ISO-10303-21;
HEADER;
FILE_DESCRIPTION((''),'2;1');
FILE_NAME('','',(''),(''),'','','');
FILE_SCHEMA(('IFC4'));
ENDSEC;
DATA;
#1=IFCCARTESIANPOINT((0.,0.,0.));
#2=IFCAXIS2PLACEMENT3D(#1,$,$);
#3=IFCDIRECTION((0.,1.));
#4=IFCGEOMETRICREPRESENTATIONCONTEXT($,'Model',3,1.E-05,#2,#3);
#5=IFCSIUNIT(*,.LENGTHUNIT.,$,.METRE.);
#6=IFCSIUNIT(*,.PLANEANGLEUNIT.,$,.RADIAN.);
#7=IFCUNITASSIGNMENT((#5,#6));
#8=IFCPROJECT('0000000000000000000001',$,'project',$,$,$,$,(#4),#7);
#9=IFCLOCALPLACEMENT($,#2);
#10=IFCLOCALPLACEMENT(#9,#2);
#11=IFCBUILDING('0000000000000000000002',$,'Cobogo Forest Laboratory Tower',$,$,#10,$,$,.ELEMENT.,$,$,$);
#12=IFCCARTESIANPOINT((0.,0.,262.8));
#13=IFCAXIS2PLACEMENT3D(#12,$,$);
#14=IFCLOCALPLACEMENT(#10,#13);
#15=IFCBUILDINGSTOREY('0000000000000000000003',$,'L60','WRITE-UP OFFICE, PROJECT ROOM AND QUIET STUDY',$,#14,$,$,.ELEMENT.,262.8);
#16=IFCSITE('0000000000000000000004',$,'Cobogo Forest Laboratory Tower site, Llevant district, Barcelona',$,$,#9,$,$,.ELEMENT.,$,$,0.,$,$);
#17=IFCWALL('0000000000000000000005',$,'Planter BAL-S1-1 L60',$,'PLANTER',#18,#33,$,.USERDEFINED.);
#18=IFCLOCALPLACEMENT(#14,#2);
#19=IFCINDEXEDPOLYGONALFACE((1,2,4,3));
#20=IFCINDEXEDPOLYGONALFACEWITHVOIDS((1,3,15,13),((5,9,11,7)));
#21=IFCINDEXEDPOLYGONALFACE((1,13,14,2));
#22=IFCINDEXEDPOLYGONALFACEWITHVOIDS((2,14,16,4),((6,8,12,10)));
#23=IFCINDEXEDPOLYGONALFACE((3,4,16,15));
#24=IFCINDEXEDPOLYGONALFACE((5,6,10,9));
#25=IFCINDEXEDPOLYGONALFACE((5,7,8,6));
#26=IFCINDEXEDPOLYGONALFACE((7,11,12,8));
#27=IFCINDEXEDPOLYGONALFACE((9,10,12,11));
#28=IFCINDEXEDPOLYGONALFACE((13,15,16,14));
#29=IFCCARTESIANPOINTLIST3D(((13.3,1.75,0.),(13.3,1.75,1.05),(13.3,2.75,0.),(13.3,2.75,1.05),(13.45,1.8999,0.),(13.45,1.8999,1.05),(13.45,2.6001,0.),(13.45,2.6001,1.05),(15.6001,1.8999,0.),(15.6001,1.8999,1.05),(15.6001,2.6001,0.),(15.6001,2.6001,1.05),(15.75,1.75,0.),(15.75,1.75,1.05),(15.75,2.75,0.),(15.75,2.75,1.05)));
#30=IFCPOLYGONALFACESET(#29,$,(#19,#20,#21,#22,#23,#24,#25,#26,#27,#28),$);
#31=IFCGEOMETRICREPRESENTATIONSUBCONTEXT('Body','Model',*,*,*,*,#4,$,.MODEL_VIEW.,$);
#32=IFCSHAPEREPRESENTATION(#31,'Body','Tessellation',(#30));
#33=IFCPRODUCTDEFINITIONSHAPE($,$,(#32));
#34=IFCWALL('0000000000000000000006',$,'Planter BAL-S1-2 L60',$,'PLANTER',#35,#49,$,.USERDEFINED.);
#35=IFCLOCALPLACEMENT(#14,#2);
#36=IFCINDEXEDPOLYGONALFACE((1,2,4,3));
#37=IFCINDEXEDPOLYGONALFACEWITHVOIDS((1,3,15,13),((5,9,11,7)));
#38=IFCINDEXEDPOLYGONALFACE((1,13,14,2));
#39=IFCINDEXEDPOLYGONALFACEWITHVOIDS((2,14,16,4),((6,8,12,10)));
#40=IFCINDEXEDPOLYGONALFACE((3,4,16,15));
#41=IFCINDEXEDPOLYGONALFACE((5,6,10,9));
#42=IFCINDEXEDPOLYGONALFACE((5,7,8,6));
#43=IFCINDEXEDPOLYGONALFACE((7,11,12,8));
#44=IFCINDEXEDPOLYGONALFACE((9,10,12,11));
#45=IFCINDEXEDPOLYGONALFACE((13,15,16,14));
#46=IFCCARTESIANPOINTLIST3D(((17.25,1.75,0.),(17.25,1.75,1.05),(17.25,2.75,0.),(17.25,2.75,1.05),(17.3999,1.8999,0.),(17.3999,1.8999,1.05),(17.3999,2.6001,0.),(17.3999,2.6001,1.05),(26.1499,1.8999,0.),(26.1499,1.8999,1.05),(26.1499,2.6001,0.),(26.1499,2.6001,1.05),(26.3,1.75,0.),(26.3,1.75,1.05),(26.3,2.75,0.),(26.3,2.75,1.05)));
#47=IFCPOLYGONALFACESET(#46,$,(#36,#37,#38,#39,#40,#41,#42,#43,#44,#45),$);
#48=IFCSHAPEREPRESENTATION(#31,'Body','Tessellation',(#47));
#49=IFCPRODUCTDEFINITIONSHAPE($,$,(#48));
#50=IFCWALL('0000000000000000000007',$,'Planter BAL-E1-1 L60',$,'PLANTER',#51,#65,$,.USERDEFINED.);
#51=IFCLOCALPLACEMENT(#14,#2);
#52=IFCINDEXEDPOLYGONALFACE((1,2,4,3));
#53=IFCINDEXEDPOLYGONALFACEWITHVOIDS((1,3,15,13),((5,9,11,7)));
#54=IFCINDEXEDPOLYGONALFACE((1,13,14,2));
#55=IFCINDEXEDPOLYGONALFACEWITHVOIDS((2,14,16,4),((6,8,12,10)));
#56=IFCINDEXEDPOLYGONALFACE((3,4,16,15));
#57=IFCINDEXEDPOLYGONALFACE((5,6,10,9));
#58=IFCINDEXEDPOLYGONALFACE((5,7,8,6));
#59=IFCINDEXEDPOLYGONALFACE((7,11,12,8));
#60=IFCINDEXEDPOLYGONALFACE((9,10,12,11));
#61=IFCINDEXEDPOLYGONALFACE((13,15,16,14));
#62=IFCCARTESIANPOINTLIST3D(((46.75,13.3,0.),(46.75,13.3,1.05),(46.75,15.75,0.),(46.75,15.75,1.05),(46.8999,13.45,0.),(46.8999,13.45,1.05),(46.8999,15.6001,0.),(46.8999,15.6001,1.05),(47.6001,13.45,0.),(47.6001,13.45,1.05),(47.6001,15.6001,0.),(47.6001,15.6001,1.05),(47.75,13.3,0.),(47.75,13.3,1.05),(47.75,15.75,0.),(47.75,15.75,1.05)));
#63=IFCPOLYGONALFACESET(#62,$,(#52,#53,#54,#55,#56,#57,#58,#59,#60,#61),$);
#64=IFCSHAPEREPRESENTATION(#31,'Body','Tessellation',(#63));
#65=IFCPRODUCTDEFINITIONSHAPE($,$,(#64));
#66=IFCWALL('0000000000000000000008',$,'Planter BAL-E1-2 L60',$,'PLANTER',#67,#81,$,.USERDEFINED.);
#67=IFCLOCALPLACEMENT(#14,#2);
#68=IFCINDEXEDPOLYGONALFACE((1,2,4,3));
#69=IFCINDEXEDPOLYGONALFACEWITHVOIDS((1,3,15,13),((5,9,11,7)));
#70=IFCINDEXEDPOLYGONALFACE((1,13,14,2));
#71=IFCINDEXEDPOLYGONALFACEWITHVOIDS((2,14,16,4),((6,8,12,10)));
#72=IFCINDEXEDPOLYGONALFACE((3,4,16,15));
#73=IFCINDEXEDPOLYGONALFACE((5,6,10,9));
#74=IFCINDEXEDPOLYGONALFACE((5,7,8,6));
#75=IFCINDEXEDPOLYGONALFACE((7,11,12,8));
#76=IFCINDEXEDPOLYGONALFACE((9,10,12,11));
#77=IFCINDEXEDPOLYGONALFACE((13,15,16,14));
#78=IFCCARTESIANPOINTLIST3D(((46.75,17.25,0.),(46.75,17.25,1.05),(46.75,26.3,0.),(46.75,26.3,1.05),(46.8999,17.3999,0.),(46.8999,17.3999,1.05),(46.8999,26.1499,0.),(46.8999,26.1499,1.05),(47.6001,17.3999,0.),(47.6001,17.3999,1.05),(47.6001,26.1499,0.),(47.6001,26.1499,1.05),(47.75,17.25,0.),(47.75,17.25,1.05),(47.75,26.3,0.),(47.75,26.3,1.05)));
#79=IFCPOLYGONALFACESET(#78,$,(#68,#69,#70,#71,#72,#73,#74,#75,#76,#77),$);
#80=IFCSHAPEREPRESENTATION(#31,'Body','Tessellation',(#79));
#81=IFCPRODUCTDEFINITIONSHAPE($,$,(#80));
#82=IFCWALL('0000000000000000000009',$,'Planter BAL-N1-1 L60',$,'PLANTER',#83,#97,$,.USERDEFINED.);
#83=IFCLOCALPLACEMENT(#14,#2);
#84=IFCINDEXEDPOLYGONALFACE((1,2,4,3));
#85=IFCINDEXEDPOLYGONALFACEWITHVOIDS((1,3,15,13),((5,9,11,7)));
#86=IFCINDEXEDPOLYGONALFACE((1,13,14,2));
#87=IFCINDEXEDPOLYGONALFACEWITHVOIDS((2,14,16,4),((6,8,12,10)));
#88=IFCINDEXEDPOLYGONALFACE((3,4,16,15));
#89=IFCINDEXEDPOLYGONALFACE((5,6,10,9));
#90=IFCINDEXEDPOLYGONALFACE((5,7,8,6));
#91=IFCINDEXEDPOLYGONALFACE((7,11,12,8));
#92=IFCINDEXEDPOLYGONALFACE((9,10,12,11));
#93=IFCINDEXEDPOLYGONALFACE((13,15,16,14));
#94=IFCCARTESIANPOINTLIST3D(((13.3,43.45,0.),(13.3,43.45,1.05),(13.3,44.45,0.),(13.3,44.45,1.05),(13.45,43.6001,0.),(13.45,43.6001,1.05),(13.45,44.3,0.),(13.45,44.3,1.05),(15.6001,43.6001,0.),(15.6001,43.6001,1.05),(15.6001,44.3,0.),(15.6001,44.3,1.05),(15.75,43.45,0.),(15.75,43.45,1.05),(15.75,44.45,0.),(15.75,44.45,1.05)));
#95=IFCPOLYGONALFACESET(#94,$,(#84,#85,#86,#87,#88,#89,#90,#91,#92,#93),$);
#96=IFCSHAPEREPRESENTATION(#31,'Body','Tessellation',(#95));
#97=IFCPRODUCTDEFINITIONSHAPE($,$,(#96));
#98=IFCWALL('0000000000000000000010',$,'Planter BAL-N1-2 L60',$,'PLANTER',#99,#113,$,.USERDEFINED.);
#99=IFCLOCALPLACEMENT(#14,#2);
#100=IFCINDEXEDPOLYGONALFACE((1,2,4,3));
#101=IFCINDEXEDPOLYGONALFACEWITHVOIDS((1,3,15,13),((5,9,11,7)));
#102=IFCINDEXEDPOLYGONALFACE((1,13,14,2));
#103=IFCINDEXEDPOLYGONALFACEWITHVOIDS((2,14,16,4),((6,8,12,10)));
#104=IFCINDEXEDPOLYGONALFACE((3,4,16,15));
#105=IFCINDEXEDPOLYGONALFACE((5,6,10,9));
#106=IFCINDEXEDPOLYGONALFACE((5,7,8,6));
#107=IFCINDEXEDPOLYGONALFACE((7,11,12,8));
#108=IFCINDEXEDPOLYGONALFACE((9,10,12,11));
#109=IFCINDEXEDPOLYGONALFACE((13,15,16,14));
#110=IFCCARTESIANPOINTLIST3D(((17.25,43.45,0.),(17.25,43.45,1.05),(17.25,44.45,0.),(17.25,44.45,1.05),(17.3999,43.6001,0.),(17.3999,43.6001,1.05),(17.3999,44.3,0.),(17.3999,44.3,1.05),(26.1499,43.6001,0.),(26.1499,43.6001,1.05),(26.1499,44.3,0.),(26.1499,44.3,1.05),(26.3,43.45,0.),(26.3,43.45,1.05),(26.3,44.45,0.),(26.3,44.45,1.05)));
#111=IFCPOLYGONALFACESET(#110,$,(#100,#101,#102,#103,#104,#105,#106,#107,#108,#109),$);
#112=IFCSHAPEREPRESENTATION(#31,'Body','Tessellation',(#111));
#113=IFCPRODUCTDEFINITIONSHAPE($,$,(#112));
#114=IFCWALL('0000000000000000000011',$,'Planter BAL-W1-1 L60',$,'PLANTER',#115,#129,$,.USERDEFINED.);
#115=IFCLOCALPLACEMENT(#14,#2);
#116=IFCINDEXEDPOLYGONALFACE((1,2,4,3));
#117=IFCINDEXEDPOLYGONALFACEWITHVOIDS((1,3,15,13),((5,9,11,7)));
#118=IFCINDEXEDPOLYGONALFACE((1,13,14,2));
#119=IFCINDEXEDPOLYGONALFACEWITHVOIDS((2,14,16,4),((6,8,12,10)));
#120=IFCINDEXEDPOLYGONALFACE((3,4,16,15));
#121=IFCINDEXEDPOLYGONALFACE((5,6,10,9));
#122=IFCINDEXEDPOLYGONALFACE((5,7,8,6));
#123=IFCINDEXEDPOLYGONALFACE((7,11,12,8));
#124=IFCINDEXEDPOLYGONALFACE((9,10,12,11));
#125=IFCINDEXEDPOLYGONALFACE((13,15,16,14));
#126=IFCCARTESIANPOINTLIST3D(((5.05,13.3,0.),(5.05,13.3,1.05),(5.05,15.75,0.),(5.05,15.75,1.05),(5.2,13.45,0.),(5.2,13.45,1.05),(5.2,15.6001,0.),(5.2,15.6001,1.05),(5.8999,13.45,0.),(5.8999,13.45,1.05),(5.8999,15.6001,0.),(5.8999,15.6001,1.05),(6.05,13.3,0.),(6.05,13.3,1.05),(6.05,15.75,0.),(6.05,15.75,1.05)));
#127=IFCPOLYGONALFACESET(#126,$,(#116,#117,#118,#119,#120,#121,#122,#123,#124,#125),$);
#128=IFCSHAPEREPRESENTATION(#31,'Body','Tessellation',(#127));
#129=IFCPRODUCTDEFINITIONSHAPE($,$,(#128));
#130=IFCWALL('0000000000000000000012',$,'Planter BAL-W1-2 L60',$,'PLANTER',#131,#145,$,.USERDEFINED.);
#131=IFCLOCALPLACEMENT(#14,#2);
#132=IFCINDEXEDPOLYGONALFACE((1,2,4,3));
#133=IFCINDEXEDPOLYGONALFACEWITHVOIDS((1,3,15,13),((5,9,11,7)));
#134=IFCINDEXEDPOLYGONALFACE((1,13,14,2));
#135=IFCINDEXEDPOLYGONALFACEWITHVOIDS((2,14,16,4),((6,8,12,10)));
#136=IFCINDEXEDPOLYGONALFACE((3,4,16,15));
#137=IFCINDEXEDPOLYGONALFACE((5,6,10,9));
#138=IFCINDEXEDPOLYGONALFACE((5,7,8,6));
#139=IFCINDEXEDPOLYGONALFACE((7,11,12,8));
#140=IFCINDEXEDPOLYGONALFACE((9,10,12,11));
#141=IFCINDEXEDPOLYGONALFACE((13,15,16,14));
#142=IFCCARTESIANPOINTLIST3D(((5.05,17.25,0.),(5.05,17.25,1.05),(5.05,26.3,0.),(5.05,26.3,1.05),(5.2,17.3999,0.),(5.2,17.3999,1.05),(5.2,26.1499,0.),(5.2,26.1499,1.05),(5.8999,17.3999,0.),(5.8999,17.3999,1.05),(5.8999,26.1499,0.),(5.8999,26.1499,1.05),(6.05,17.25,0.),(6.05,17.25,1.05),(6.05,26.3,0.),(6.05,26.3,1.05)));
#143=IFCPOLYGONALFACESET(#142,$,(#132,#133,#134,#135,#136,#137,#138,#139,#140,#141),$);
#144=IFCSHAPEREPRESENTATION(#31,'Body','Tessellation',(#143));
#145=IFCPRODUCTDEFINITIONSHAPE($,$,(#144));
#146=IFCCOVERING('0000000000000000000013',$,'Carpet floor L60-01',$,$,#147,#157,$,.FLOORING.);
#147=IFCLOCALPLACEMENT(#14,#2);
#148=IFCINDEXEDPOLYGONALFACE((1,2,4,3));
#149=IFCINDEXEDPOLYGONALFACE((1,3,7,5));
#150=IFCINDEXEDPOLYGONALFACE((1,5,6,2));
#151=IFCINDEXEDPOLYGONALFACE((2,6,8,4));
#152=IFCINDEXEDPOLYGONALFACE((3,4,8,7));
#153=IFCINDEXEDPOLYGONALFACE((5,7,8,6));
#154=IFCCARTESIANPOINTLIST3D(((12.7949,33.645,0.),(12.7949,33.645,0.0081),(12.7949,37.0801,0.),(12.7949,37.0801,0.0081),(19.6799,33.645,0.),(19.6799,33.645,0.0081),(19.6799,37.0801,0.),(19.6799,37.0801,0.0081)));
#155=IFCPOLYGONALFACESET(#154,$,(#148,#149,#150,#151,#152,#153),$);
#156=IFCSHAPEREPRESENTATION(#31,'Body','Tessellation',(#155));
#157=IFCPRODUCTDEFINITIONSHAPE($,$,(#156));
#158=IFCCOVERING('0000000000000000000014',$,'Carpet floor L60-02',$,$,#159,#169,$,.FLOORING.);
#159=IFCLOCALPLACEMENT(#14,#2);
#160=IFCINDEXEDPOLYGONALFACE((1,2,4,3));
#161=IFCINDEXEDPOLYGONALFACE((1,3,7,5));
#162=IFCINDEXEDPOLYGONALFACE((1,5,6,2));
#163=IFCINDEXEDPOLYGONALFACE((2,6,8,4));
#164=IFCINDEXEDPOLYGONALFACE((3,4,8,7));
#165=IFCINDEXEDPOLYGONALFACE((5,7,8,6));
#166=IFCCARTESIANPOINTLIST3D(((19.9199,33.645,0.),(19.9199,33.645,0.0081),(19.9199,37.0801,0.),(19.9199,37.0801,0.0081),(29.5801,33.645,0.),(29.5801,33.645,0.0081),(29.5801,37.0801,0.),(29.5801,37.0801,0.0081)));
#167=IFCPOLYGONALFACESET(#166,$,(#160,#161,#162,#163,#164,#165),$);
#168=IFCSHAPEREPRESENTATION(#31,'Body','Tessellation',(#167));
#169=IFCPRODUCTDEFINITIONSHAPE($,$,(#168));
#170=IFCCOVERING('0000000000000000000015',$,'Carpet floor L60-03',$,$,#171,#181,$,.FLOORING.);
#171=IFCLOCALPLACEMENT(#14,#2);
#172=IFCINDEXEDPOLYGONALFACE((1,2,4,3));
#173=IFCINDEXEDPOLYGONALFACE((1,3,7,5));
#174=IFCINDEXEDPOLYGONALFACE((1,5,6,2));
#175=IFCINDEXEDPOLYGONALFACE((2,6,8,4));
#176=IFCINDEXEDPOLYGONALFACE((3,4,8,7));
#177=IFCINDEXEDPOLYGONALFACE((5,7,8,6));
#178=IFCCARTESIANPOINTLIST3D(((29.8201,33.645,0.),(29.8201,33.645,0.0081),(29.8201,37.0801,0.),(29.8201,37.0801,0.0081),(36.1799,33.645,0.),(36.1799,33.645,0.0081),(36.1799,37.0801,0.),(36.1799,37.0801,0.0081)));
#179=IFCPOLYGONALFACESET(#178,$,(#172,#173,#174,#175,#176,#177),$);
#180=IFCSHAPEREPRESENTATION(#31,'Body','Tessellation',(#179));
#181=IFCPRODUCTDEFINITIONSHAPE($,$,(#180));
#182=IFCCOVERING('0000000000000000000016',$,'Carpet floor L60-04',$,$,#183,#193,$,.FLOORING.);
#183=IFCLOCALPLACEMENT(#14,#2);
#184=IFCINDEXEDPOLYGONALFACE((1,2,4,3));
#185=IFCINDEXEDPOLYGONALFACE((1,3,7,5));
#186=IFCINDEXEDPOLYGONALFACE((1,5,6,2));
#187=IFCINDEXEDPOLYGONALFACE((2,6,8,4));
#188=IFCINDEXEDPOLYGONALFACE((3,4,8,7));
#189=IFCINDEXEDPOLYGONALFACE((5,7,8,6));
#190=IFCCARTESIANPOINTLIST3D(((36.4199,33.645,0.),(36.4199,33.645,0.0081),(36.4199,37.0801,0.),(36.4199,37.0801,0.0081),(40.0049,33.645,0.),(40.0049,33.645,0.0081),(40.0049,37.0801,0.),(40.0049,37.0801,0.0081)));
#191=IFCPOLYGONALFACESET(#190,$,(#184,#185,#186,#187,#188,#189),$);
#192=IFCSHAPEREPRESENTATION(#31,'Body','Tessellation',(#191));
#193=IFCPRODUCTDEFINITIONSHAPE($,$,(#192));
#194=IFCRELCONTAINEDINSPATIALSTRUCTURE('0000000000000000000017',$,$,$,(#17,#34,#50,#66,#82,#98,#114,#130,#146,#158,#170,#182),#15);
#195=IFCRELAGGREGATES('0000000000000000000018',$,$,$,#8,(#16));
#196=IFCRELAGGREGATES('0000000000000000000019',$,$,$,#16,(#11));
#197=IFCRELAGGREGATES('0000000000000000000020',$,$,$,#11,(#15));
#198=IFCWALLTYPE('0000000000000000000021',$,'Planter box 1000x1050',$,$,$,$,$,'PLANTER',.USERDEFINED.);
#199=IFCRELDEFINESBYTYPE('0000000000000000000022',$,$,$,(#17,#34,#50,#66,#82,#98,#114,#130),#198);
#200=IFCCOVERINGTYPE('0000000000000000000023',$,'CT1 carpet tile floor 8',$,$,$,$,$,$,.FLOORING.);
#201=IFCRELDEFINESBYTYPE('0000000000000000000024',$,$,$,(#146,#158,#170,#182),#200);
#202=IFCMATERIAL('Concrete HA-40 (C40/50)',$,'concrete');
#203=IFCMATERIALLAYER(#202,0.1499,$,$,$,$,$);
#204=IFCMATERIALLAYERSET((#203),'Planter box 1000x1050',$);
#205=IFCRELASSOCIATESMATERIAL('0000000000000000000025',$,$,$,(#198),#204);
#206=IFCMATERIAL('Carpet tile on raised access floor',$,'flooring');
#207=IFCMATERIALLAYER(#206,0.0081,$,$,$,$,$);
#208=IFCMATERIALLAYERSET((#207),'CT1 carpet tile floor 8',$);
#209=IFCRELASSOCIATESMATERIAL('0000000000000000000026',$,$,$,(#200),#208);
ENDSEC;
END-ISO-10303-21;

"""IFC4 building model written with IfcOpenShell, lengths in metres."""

from ifc_helpers import new_model, si_unit, direction, frame, origin, place, context, subcontext, project, spatial, polyline, outline, extrude, material, layer, layer_set, type_object, element, save


model = new_model("IFC4")

# Units and contexts
model_context = context("Model", 3, precision=1e-05, world=origin(), true_north=direction((0.0, 1.0)))
body_context = subcontext(model_context, "Body", "Model", "MODEL_VIEW")
ifc_project = project(units=[si_unit("LENGTHUNIT", "METRE"), si_unit("PLANEANGLEUNIT", "RADIAN")], contexts=[model_context])

# Site, building, storey
site_placement = place(None, origin())
site = spatial("IfcSite", under=ifc_project, at=site_placement, Name="Cobogo Forest Laboratory Tower site, Llevant district, Barcelona", CompositionType="ELEMENT", RefElevation=0.0)
building_placement = place(site_placement, origin())
building = spatial("IfcBuilding", under=site, at=building_placement, Name="Cobogo Forest Laboratory Tower", CompositionType="ELEMENT")
storey_placement = place(building_placement, frame((0.0, 0.0, 262.8)))
storey = spatial("IfcBuildingStorey", under=building, at=storey_placement, Name="L60", Description="WRITE-UP OFFICE, PROJECT ROOM AND QUIET STUDY", CompositionType="ELEMENT", Elevation=262.8)

# Shared definitions
ifc_material_1 = material(Name="Concrete HA-40 (C40/50)", Category="concrete")

# Walls
ifc_layer_1 = layer(ifc_material_1, 0.1499)
ifc_layer_set_1 = layer_set([ifc_layer_1], Name="Planter box 1000x1050")
wall_type = type_object("IfcWallType", Name="Planter box 1000x1050", ElementType="PLANTER", PredefinedType="USERDEFINED", material=ifc_layer_set_1)
wall_1_placement = place(storey_placement, origin())
element("IfcWall", 1, at=wall_1_placement, inside=storey, type_object=wall_type, Name="Planter BAL-S1-1 L60", ObjectType="PLANTER", PredefinedType="USERDEFINED", context=body_context, shape_type="SweptSolid", body=[
    extrude(outline(polyline([(13.3, 1.75), (15.75, 1.75), (15.75, 2.75), (13.3, 2.75), (13.3, 1.75)]), holes=[polyline([(13.45, 1.8999), (15.6001, 1.8999), (15.6001, 2.6001), (13.45, 2.6001), (13.45, 1.8999)])]), origin(), (0.0, 0.0, 1.0), 1.05),
])
wall_2_placement = place(storey_placement, origin())
element("IfcWall", 2, at=wall_2_placement, inside=storey, type_object=wall_type, Name="Planter BAL-S1-2 L60", ObjectType="PLANTER", PredefinedType="USERDEFINED", context=body_context, shape_type="SweptSolid", body=[
    extrude(outline(polyline([(17.25, 1.75), (26.3, 1.75), (26.3, 2.75), (17.25, 2.75), (17.25, 1.75)]), holes=[polyline([(17.3999, 1.8999), (26.1499, 1.8999), (26.1499, 2.6001), (17.3999, 2.6001), (17.3999, 1.8999)])]), origin(), (0.0, 0.0, 1.0), 1.05),
])
wall_3_placement = place(storey_placement, origin())
element("IfcWall", 3, at=wall_3_placement, inside=storey, type_object=wall_type, Name="Planter BAL-E1-1 L60", ObjectType="PLANTER", PredefinedType="USERDEFINED", context=body_context, shape_type="SweptSolid", body=[
    extrude(outline(polyline([(46.75, 13.3), (47.75, 13.3), (47.75, 15.75), (46.75, 15.75), (46.75, 13.3)]), holes=[polyline([(46.8999, 13.45), (47.6001, 13.45), (47.6001, 15.6001), (46.8999, 15.6001), (46.8999, 13.45)])]), origin(), (0.0, 0.0, 1.0), 1.05),
])
wall_4_placement = place(storey_placement, origin())
element("IfcWall", 4, at=wall_4_placement, inside=storey, type_object=wall_type, Name="Planter BAL-E1-2 L60", ObjectType="PLANTER", PredefinedType="USERDEFINED", context=body_context, shape_type="SweptSolid", body=[
    extrude(outline(polyline([(46.75, 17.25), (47.75, 17.25), (47.75, 26.3), (46.75, 26.3), (46.75, 17.25)]), holes=[polyline([(46.8999, 17.3999), (47.6001, 17.3999), (47.6001, 26.1499), (46.8999, 26.1499), (46.8999, 17.3999)])]), origin(), (0.0, 0.0, 1.0), 1.05),
])
wall_5_placement = place(storey_placement, origin())
element("IfcWall", 5, at=wall_5_placement, inside=storey, type_object=wall_type, Name="Planter BAL-N1-1 L60", ObjectType="PLANTER", PredefinedType="USERDEFINED", context=body_context, shape_type="SweptSolid", body=[
    extrude(outline(polyline([(13.3, 43.45), (15.75, 43.45), (15.75, 44.45), (13.3, 44.45), (13.3, 43.45)]), holes=[polyline([(13.45, 43.6001), (15.6001, 43.6001), (15.6001, 44.3), (13.45, 44.3), (13.45, 43.6001)])]), origin(), (0.0, 0.0, 1.0), 1.05),
])
wall_6_placement = place(storey_placement, origin())
element("IfcWall", 6, at=wall_6_placement, inside=storey, type_object=wall_type, Name="Planter BAL-N1-2 L60", ObjectType="PLANTER", PredefinedType="USERDEFINED", context=body_context, shape_type="SweptSolid", body=[
    extrude(outline(polyline([(17.25, 43.45), (26.3, 43.45), (26.3, 44.45), (17.25, 44.45), (17.25, 43.45)]), holes=[polyline([(17.3999, 43.6001), (26.1499, 43.6001), (26.1499, 44.3), (17.3999, 44.3), (17.3999, 43.6001)])]), origin(), (0.0, 0.0, 1.0), 1.05),
])
wall_7_placement = place(storey_placement, origin())
element("IfcWall", 7, at=wall_7_placement, inside=storey, type_object=wall_type, Name="Planter BAL-W1-1 L60", ObjectType="PLANTER", PredefinedType="USERDEFINED", context=body_context, shape_type="SweptSolid", body=[
    extrude(outline(polyline([(5.05, 13.3), (6.05, 13.3), (6.05, 15.75), (5.05, 15.75), (5.05, 13.3)]), holes=[polyline([(5.2, 13.45), (5.8999, 13.45), (5.8999, 15.6001), (5.2, 15.6001), (5.2, 13.45)])]), origin(), (0.0, 0.0, 1.0), 1.05),
])
wall_8_placement = place(storey_placement, origin())
element("IfcWall", 8, at=wall_8_placement, inside=storey, type_object=wall_type, Name="Planter BAL-W1-2 L60", ObjectType="PLANTER", PredefinedType="USERDEFINED", context=body_context, shape_type="SweptSolid", body=[
    extrude(outline(polyline([(5.05, 17.25), (6.05, 17.25), (6.05, 26.3), (5.05, 26.3), (5.05, 17.25)]), holes=[polyline([(5.2, 17.3999), (5.8999, 17.3999), (5.8999, 26.1499), (5.2, 26.1499), (5.2, 17.3999)])]), origin(), (0.0, 0.0, 1.0), 1.05),
])

# Coverings
ifc_material_2 = material(Name="Carpet tile on raised access floor", Category="flooring")
ifc_layer_2 = layer(ifc_material_2, 0.0081)
ifc_layer_set_2 = layer_set([ifc_layer_2], Name="CT1 carpet tile floor 8")
covering_type = type_object("IfcCoveringType", Name="CT1 carpet tile floor 8", PredefinedType="FLOORING", material=ifc_layer_set_2)
covering_1_placement = place(storey_placement, origin())
element("IfcCovering", 9, at=covering_1_placement, inside=storey, type_object=covering_type, Name="Carpet floor L60-01", PredefinedType="FLOORING", context=body_context, shape_type="SweptSolid", body=[
    extrude(outline(polyline([(19.6799, 33.645), (12.7949, 33.645), (12.7949, 37.0801), (19.6799, 37.0801), (19.6799, 33.645)])), origin(), (0.0, 0.0, 1.0), 0.0081),
])
covering_2_placement = place(storey_placement, origin())
element("IfcCovering", 10, at=covering_2_placement, inside=storey, type_object=covering_type, Name="Carpet floor L60-02", PredefinedType="FLOORING", context=body_context, shape_type="SweptSolid", body=[
    extrude(outline(polyline([(29.5801, 33.645), (19.9199, 33.645), (19.9199, 37.0801), (29.5801, 37.0801), (29.5801, 33.645)])), origin(), (0.0, 0.0, 1.0), 0.0081),
])
covering_3_placement = place(storey_placement, origin())
element("IfcCovering", 11, at=covering_3_placement, inside=storey, type_object=covering_type, Name="Carpet floor L60-03", PredefinedType="FLOORING", context=body_context, shape_type="SweptSolid", body=[
    extrude(outline(polyline([(36.1799, 33.645), (29.8201, 33.645), (29.8201, 37.0801), (36.1799, 37.0801), (36.1799, 33.645)])), origin(), (0.0, 0.0, 1.0), 0.0081),
])
covering_4_placement = place(storey_placement, origin())
element("IfcCovering", 12, at=covering_4_placement, inside=storey, type_object=covering_type, Name="Carpet floor L60-04", PredefinedType="FLOORING", context=body_context, shape_type="SweptSolid", body=[
    extrude(outline(polyline([(40.0049, 33.645), (36.4199, 33.645), (36.4199, 37.0801), (40.0049, 37.0801), (40.0049, 33.645)])), origin(), (0.0, 0.0, 1.0), 0.0081),
])

save(model, "model.ifc")
